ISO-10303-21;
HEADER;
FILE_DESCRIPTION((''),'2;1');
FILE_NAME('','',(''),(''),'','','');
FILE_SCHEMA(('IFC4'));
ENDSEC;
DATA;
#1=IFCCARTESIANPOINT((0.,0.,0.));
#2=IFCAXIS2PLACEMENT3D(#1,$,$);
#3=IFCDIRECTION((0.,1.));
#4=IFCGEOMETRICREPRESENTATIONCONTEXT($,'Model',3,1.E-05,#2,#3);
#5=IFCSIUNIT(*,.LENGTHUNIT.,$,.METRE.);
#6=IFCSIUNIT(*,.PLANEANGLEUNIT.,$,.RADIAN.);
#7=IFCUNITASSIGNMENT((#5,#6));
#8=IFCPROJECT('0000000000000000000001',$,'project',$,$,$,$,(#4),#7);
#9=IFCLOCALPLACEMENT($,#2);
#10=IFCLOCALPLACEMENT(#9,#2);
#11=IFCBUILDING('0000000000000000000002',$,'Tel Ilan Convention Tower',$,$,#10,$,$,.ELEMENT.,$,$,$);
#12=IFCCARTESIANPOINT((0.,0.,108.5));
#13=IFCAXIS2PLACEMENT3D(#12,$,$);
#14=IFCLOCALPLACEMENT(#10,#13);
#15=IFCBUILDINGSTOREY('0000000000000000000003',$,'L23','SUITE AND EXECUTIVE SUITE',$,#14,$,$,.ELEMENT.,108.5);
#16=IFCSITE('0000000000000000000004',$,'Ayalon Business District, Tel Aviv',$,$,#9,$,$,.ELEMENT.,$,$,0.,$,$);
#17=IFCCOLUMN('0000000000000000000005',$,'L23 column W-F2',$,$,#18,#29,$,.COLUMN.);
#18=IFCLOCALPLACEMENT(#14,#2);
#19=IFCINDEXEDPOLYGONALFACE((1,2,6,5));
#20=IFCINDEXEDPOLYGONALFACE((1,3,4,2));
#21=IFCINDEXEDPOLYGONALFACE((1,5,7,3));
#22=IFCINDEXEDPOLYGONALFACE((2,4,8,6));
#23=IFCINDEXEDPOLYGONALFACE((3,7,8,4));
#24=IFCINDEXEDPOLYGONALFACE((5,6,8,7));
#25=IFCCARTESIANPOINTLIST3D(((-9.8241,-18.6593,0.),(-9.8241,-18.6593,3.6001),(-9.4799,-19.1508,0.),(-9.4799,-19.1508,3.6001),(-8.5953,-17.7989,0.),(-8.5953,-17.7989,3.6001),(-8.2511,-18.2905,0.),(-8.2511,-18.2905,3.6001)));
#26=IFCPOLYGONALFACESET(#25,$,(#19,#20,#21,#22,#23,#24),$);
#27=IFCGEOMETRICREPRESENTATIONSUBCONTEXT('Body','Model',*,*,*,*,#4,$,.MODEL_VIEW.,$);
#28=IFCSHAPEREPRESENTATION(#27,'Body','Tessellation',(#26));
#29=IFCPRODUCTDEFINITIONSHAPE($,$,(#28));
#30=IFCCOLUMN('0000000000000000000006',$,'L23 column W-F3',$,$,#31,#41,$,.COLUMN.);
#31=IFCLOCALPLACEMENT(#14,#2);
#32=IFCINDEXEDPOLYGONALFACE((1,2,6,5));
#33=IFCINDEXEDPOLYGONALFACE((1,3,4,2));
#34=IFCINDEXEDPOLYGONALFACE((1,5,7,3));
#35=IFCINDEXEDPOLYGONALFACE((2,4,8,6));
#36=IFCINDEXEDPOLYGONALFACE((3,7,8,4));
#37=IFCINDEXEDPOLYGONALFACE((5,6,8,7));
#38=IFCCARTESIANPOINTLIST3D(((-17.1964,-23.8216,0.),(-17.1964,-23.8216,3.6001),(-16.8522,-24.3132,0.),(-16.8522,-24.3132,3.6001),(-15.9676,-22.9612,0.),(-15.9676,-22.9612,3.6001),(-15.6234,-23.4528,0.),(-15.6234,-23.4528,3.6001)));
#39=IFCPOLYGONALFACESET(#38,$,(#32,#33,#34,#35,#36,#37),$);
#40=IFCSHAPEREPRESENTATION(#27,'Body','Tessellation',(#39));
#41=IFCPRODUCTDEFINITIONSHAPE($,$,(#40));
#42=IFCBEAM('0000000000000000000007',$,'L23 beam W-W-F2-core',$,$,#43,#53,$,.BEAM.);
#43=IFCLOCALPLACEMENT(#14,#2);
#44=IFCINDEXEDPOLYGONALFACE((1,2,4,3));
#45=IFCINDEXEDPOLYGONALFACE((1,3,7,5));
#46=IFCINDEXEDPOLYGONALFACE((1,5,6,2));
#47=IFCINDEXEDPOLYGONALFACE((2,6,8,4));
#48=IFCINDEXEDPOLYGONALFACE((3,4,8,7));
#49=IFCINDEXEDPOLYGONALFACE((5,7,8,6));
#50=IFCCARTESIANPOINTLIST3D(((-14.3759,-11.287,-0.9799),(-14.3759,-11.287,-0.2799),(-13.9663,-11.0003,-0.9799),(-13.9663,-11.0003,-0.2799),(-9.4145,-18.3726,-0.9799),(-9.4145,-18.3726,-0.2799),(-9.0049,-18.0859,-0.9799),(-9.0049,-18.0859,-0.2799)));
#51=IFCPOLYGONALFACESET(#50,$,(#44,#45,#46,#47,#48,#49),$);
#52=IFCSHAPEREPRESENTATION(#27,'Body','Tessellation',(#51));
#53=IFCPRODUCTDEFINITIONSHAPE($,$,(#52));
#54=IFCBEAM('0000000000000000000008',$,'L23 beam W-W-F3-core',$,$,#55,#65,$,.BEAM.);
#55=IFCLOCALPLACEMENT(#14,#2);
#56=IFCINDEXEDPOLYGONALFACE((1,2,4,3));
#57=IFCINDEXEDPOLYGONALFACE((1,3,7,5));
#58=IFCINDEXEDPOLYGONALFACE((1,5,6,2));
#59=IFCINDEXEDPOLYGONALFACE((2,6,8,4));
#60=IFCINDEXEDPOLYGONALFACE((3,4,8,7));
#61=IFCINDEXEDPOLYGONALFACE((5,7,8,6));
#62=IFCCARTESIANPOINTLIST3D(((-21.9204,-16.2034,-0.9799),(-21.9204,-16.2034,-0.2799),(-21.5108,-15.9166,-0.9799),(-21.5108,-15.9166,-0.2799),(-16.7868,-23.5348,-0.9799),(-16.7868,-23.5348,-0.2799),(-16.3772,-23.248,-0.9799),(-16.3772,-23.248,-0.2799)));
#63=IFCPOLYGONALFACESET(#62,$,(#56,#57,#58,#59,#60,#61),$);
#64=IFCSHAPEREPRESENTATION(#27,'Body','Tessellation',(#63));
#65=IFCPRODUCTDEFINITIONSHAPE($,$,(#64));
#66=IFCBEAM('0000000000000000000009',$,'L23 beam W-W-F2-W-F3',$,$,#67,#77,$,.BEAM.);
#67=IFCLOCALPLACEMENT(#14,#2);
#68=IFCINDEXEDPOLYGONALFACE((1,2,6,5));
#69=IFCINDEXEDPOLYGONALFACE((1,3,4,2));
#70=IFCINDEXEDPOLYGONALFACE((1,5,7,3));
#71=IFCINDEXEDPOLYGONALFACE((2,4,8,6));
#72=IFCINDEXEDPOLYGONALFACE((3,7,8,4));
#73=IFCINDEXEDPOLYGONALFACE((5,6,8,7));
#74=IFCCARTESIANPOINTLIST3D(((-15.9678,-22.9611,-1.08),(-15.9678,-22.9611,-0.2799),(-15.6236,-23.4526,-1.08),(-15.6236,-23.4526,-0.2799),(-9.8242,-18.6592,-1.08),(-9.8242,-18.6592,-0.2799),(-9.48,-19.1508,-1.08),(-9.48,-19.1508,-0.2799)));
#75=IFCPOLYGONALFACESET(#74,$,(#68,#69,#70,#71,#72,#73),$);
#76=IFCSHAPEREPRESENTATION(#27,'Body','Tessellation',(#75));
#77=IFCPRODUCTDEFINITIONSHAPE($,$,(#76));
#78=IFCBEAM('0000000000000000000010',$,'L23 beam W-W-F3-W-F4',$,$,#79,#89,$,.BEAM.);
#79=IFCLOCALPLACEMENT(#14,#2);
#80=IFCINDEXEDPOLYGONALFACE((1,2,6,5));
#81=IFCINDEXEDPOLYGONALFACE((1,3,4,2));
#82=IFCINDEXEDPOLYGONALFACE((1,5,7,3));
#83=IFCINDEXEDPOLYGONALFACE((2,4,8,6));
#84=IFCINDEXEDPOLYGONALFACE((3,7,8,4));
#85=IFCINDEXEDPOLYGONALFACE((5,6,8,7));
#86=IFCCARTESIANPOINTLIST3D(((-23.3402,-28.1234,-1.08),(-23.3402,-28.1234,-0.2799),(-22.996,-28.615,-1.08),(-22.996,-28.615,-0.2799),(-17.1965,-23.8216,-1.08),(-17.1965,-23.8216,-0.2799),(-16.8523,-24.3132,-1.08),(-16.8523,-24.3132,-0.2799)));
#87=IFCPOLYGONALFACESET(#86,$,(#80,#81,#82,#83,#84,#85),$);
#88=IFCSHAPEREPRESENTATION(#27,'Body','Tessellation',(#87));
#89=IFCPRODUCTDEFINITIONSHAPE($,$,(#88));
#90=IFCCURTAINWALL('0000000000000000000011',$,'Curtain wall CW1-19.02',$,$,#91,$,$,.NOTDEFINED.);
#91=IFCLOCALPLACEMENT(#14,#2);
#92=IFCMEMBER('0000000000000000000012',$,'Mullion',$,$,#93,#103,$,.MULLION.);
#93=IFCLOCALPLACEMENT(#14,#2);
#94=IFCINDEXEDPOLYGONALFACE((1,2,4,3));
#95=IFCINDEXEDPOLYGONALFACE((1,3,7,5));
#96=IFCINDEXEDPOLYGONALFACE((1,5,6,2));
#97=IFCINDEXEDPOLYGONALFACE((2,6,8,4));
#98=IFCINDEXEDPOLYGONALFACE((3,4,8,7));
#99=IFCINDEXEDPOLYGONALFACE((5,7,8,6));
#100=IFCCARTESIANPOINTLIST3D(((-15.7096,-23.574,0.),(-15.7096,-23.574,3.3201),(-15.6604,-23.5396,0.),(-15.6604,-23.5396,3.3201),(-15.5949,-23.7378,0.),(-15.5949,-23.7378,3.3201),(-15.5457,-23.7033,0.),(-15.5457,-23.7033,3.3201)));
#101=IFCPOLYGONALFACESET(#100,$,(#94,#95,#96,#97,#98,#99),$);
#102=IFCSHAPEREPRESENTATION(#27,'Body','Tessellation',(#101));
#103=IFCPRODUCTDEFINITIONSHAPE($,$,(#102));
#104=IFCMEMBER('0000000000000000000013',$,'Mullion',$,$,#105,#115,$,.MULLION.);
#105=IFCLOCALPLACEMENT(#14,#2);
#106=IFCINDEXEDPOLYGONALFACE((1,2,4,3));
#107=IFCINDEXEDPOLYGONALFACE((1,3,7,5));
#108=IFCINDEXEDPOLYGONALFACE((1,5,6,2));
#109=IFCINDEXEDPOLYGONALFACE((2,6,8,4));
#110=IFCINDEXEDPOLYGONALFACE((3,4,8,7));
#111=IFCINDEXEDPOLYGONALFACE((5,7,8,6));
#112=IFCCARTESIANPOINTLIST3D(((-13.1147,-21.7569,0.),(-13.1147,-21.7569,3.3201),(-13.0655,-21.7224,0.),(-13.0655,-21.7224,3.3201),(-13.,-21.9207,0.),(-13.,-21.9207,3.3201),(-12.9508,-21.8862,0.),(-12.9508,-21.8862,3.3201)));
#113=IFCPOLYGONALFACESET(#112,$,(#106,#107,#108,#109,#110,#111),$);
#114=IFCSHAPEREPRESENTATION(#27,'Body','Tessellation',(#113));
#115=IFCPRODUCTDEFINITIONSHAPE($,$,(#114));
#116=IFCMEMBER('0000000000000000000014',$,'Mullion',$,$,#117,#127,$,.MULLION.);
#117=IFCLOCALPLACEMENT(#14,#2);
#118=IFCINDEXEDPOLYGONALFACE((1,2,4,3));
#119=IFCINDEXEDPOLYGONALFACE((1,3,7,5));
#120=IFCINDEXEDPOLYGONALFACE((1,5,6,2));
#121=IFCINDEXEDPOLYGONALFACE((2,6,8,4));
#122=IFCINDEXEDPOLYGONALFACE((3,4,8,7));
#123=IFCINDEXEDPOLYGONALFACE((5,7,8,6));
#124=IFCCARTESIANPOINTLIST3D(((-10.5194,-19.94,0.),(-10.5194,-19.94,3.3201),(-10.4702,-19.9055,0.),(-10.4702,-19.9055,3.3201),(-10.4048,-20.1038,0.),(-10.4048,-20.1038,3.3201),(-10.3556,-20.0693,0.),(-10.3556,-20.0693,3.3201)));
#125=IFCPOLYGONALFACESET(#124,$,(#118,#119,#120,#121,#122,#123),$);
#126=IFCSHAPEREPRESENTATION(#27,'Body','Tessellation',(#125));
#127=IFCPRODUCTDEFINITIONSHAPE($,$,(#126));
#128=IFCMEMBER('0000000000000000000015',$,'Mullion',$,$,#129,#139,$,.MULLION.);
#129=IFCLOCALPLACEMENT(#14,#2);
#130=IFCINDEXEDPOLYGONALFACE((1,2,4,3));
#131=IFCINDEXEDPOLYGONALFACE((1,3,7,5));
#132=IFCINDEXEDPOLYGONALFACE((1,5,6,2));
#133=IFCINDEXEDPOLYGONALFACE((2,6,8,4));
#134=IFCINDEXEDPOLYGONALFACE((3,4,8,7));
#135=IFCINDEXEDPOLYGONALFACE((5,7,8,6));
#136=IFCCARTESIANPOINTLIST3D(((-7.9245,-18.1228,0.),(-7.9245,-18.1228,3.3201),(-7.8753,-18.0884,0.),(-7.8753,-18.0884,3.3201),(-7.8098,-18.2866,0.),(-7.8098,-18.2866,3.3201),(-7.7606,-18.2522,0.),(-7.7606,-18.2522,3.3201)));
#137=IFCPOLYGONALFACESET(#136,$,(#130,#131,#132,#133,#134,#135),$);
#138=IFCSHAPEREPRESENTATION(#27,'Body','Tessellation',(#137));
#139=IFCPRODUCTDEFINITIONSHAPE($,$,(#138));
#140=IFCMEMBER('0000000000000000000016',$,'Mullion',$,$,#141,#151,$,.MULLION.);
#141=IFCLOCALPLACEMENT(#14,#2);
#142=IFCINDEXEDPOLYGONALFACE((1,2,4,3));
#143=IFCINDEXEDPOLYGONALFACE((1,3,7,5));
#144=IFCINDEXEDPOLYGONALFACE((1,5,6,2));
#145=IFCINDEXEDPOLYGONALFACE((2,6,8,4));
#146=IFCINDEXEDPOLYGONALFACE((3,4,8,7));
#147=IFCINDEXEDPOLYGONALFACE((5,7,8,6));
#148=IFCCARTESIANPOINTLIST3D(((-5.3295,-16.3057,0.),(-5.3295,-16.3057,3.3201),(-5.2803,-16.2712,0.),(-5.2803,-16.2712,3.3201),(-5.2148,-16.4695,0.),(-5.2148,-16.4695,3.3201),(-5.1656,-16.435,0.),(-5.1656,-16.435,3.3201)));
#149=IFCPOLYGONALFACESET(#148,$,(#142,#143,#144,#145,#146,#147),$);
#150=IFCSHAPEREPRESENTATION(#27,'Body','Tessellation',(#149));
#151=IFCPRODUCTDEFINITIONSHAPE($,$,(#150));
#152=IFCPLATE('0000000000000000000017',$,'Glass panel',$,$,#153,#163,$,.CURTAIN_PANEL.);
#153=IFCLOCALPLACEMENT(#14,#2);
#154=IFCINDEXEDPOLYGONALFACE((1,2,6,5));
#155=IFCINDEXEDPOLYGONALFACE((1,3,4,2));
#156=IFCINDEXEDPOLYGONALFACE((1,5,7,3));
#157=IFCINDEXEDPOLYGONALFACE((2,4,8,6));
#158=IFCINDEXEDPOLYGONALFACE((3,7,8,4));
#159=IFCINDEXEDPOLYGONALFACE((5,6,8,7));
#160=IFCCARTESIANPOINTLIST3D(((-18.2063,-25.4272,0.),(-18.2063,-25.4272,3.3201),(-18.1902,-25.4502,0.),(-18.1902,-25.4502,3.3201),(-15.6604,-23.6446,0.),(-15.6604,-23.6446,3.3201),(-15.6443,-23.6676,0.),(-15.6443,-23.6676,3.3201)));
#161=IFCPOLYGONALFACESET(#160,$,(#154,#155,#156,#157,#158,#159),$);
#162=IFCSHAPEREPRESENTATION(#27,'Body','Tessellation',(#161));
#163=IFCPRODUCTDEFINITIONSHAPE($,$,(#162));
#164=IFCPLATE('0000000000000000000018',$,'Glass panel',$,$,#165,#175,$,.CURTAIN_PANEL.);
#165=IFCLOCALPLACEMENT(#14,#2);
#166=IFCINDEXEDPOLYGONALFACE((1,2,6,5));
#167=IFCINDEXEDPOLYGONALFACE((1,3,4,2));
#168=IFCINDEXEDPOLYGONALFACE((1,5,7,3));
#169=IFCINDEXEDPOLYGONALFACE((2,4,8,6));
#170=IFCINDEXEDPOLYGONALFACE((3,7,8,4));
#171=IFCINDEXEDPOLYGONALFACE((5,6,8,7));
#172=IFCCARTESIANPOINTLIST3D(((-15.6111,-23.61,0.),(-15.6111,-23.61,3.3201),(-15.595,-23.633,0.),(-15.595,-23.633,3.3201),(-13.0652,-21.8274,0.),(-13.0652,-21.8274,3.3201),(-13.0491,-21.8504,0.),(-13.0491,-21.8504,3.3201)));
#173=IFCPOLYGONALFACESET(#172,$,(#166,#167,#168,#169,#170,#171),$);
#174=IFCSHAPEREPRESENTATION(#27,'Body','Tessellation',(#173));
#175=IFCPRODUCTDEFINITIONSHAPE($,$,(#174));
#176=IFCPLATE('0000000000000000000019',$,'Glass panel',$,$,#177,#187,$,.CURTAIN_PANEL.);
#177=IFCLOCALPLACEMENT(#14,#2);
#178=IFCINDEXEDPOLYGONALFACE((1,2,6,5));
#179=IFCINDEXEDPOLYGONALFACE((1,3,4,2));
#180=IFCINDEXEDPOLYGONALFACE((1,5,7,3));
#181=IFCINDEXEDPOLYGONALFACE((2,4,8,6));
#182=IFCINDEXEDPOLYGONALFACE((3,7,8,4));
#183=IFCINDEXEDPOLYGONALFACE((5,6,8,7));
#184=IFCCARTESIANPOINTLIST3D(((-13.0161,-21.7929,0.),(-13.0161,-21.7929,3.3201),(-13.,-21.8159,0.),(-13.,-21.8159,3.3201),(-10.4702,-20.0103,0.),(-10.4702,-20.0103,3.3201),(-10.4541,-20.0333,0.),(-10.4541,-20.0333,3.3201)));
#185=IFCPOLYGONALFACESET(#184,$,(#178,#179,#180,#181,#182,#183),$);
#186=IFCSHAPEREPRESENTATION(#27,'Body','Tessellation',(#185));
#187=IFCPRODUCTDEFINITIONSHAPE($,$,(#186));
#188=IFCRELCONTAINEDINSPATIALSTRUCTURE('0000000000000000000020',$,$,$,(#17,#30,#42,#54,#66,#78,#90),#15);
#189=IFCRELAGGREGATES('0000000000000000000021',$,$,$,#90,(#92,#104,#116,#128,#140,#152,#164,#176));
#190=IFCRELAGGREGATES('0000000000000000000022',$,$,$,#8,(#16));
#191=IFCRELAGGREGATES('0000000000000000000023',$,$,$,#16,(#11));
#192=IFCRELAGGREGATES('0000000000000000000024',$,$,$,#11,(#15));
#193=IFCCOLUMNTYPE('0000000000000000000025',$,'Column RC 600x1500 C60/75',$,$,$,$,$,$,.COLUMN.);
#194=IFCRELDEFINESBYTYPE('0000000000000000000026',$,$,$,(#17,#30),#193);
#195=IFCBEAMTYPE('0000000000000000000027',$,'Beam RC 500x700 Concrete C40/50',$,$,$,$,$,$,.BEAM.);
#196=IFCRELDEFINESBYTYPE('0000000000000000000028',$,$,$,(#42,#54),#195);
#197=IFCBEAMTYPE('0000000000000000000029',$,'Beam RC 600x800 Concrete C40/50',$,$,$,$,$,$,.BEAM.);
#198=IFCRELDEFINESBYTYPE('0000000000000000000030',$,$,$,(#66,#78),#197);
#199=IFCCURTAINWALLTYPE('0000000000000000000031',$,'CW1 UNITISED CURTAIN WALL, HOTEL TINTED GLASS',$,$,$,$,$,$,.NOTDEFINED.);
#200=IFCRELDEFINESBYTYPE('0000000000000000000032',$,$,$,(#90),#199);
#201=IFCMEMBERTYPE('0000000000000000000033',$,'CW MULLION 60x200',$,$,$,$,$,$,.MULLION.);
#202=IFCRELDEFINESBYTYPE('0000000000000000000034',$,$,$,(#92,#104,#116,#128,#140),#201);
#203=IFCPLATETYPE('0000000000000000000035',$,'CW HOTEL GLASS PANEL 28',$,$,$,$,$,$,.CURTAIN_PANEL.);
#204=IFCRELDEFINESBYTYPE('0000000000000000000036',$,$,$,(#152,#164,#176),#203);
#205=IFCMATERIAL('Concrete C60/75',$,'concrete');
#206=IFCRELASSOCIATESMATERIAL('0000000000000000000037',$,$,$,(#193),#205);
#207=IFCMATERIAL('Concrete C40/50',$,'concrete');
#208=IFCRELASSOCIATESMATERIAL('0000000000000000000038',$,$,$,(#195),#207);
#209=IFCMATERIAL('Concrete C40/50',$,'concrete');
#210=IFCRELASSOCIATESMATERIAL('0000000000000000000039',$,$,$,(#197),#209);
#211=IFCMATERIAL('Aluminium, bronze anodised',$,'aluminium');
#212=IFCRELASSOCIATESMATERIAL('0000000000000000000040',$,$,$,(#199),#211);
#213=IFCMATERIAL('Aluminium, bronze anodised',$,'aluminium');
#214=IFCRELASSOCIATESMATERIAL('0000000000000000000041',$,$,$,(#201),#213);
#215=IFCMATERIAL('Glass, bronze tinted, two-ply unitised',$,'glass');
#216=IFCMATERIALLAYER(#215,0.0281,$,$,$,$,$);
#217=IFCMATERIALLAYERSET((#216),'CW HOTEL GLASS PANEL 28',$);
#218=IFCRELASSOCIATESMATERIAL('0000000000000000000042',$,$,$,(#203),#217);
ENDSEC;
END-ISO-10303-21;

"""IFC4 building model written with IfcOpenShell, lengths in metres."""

from ifc_helpers import new_model, si_unit, direction, frame, origin, origin_2d, place, context, subcontext, project, spatial, rectangle, extrude, material, layer, layer_set, material_profile, profile_set, type_object, element, aggregate, save


model = new_model("IFC4")

# Units and contexts
model_context = context("Model", 3, precision=1e-05, world=origin(), true_north=direction((0.0, 1.0)))
body_context = subcontext(model_context, "Body", "Model", "MODEL_VIEW")
ifc_project = project(units=[si_unit("LENGTHUNIT", "METRE"), si_unit("PLANEANGLEUNIT", "RADIAN")], contexts=[model_context])

# Site, building, storey
site_placement = place(None, origin())
site = spatial("IfcSite", under=ifc_project, at=site_placement, Name="Ayalon Business District, Tel Aviv", CompositionType="ELEMENT", RefElevation=0.0)
building_placement = place(site_placement, origin())
building = spatial("IfcBuilding", under=site, at=building_placement, Name="Tel Ilan Convention Tower", CompositionType="ELEMENT")
storey_placement = place(building_placement, frame((0.0, 0.0, 108.5)))
storey = spatial("IfcBuildingStorey", under=building, at=storey_placement, Name="L23", Description="SUITE AND EXECUTIVE SUITE", CompositionType="ELEMENT", Elevation=108.5)

# Columns
ifc_material_1 = material(Name="Concrete C60/75", Category="concrete")
ifc_material_profile_1 = material_profile(ifc_material_1, rectangle(XDim=1.5, YDim=0.6001, at=origin_2d()), Name="RC 600x1500")
ifc_profile_set_1 = profile_set([ifc_material_profile_1], Name="Concrete C60/75")
column_type = type_object("IfcColumnType", Name="Column RC 600x1500 C60/75", PredefinedType="COLUMN", material=ifc_profile_set_1)
for number, where, z_axis, x_axis, name in (
    (1, (-9.0376, -18.4749, 0.0), (0.0, 0.0, 1.0), (-0.819152, -0.573576, 0.0), "L23 column W-F2"),
    (2, (-16.4099, -23.6372, 0.0), (0.0, 0.0, 1.0), (-0.819152, -0.573576, 0.0), "L23 column W-F3"),
):
    element("IfcColumn", number, at=place(storey_placement, frame(where, z_axis=z_axis, x_axis=x_axis)), inside=storey, type_object=column_type, Name=name, PredefinedType="COLUMN", context=body_context, shape_type="SweptSolid", body=[
        extrude(rectangle(XDim=1.5, YDim=0.6001, at=origin_2d()), origin(), (0.0, 0.0, 1.0), 3.6001),
    ])

# Beams
ifc_material_2 = material(Name="Concrete C40/50", Category="concrete")
ifc_material_profile_2 = material_profile(ifc_material_2, rectangle(XDim=0.5, YDim=0.7, at=origin_2d()), Name="RC 500x700")
ifc_profile_set_2 = profile_set([ifc_material_profile_2], Name="Concrete C40/50")
beam_type_1 = type_object("IfcBeamType", Name="Beam RC 500x700 Concrete C40/50", PredefinedType="BEAM", material=ifc_profile_set_2)
beam_1_placement = place(storey_placement, frame((-9.2097, -18.2292, -0.6299), z_axis=(-0.573574, 0.819154, 0.0), x_axis=(-0.819154, -0.573574, 0.0)))
element("IfcBeam", 3, at=beam_1_placement, inside=storey, type_object=beam_type_1, Name="L23 beam W-W-F2-core", PredefinedType="BEAM", context=body_context, shape_type="SweptSolid", body=[
    extrude(rectangle(XDim=0.5, YDim=0.7, at=origin_2d()), origin(), (0.0, 0.0, 1.0), 8.6499),
])
beam_2_placement = place(storey_placement, frame((-16.582, -23.3914, -0.6299), z_axis=(-0.573585, 0.819146, 0.0), x_axis=(-0.819146, -0.573585, 0.0)))
element("IfcBeam", 4, at=beam_2_placement, inside=storey, type_object=beam_type_1, Name="L23 beam W-W-F3-core", PredefinedType="BEAM", context=body_context, shape_type="SweptSolid", body=[
    extrude(rectangle(XDim=0.5, YDim=0.7, at=origin_2d()), origin(), (0.0, 0.0, 1.0), 8.95),
])
ifc_material_3 = material(Name="Concrete C40/50", Category="concrete")
ifc_material_profile_3 = material_profile(ifc_material_3, rectangle(XDim=0.6001, YDim=0.8, at=origin_2d()), Name="RC 600x800")
ifc_profile_set_3 = profile_set([ifc_material_profile_3], Name="Concrete C40/50")
beam_type_2 = type_object("IfcBeamType", Name="Beam RC 600x800 Concrete C40/50", PredefinedType="BEAM", material=ifc_profile_set_3)
for number, where, z_axis, x_axis, name in (
    (5, (-9.6521, -18.905, -0.6799), (-0.819152, -0.573576, 0.0), (0.573576, -0.819152, 0.0), "L23 beam W-W-F2-W-F3"),
    (6, (-17.0244, -24.0674, -0.6799), (-0.819152, -0.573576, 0.0), (0.573576, -0.819152, 0.0), "L23 beam W-W-F3-W-F4"),
):
    element("IfcBeam", number, at=place(storey_placement, frame(where, z_axis=z_axis, x_axis=x_axis)), inside=storey, type_object=beam_type_2, Name=name, PredefinedType="BEAM", context=body_context, shape_type="SweptSolid", body=[
        extrude(rectangle(XDim=0.6001, YDim=0.8, at=origin_2d()), origin(), (0.0, 0.0, 1.0), 7.5),
    ])

# Curtain wall, members, plates
ifc_material_4 = material(Name="Aluminium, bronze anodised", Category="aluminium")
curtain_wall_type = type_object("IfcCurtainWallType", Name="CW1 UNITISED CURTAIN WALL, HOTEL TINTED GLASS", PredefinedType="NOTDEFINED", material=ifc_material_4)
curtain_wall_placement = place(storey_placement, origin())
curtain_wall = element("IfcCurtainWall", 7, at=curtain_wall_placement, inside=storey, type_object=curtain_wall_type, Name="Curtain wall CW1-19.02", PredefinedType="NOTDEFINED")
ifc_material_5 = material(Name="Aluminium, bronze anodised", Category="aluminium")
ifc_material_profile_4 = material_profile(ifc_material_5, rectangle(XDim=0.0601, YDim=0.2, at=origin_2d()), Name="CW MULLION 60x200")
ifc_profile_set_4 = profile_set([ifc_material_profile_4], Name="Aluminium, bronze anodised")
member_type = type_object("IfcMemberType", Name="CW MULLION 60x200", PredefinedType="MULLION", material=ifc_profile_set_4)
member_1_placement = place(storey_placement, frame((-15.6277, -23.6387, 0.0), z_axis=(0.0, 0.0, 1.0), x_axis=(0.819152, 0.573576, 0.0)))
member_1 = element("IfcMember", 8, at=member_1_placement, type_object=member_type, Name="Mullion", PredefinedType="MULLION", context=body_context, shape_type="SweptSolid", body=[
    extrude(rectangle(XDim=0.0601, YDim=0.2, at=origin_2d()), origin(), (0.0, 0.0, 1.0), 3.3201),
])
member_2_placement = place(storey_placement, frame((-13.0327, -21.8215, 0.0), z_axis=(0.0, 0.0, 1.0), x_axis=(0.819152, 0.573576, 0.0)))
member_2 = element("IfcMember", 9, at=member_2_placement, type_object=member_type, Name="Mullion", PredefinedType="MULLION", context=body_context, shape_type="SweptSolid", body=[
    extrude(rectangle(XDim=0.0601, YDim=0.2, at=origin_2d()), origin(), (0.0, 0.0, 1.0), 3.3201),
])
member_3_placement = place(storey_placement, frame((-10.4375, -20.0046, 0.0), z_axis=(0.0, 0.0, 1.0), x_axis=(0.819152, 0.573576, 0.0)))
member_3 = element("IfcMember", 10, at=member_3_placement, type_object=member_type, Name="Mullion", PredefinedType="MULLION", context=body_context, shape_type="SweptSolid", body=[
    extrude(rectangle(XDim=0.0601, YDim=0.2, at=origin_2d()), origin(), (0.0, 0.0, 1.0), 3.3201),
])
member_4_placement = place(storey_placement, frame((-7.8425, -18.1875, 0.0), z_axis=(0.0, 0.0, 1.0), x_axis=(0.819152, 0.573576, 0.0)))
member_4 = element("IfcMember", 11, at=member_4_placement, type_object=member_type, Name="Mullion", PredefinedType="MULLION", context=body_context, shape_type="SweptSolid", body=[
    extrude(rectangle(XDim=0.0601, YDim=0.2, at=origin_2d()), origin(), (0.0, 0.0, 1.0), 3.3201),
])
member_5_placement = place(storey_placement, frame((-5.2476, -16.3704, 0.0), z_axis=(0.0, 0.0, 1.0), x_axis=(0.819152, 0.573576, 0.0)))
member_5 = element("IfcMember", 12, at=member_5_placement, type_object=member_type, Name="Mullion", PredefinedType="MULLION", context=body_context, shape_type="SweptSolid", body=[
    extrude(rectangle(XDim=0.0601, YDim=0.2, at=origin_2d()), origin(), (0.0, 0.0, 1.0), 3.3201),
])
ifc_material_6 = material(Name="Glass, bronze tinted, two-ply unitised", Category="glass")
ifc_layer_1 = layer(ifc_material_6, 0.0281)
ifc_layer_set_1 = layer_set([ifc_layer_1], Name="CW HOTEL GLASS PANEL 28")
plate_type = type_object("IfcPlateType", Name="CW HOTEL GLASS PANEL 28", PredefinedType="CURTAIN_PANEL", material=ifc_layer_set_1)
plate_1_placement = place(storey_placement, frame((-16.9253, -24.5474, 0.0), z_axis=(0.0, 0.0, 1.0), x_axis=(0.819152, 0.573576, 0.0)))
plate_1 = element("IfcPlate", 13, at=plate_1_placement, type_object=plate_type, Name="Glass panel", PredefinedType="CURTAIN_PANEL", context=body_context, shape_type="SweptSolid", body=[
    extrude(rectangle(XDim=3.1079, YDim=0.0281, at=origin_2d()), origin(), (0.0, 0.0, 1.0), 3.3201),
])
plate_2_placement = place(storey_placement, frame((-14.3301, -22.7302, 0.0), z_axis=(0.0, 0.0, 1.0), x_axis=(0.819152, 0.573576, 0.0)))
plate_2 = element("IfcPlate", 14, at=plate_2_placement, type_object=plate_type, Name="Glass panel", PredefinedType="CURTAIN_PANEL", context=body_context, shape_type="SweptSolid", body=[
    extrude(rectangle(XDim=3.1079, YDim=0.0281, at=origin_2d()), origin(), (0.0, 0.0, 1.0), 3.3201),
])
plate_3_placement = place(storey_placement, frame((-11.7351, -20.9131, 0.0), z_axis=(0.0, 0.0, 1.0), x_axis=(0.819152, 0.573576, 0.0)))
plate_3 = element("IfcPlate", 15, at=plate_3_placement, type_object=plate_type, Name="Glass panel", PredefinedType="CURTAIN_PANEL", context=body_context, shape_type="SweptSolid", body=[
    extrude(rectangle(XDim=3.1079, YDim=0.0281, at=origin_2d()), origin(), (0.0, 0.0, 1.0), 3.3201),
])
aggregate(curtain_wall, [member_1, member_2, member_3, member_4, member_5, plate_1, plate_2, plate_3])

save(model, "model.ifc")
